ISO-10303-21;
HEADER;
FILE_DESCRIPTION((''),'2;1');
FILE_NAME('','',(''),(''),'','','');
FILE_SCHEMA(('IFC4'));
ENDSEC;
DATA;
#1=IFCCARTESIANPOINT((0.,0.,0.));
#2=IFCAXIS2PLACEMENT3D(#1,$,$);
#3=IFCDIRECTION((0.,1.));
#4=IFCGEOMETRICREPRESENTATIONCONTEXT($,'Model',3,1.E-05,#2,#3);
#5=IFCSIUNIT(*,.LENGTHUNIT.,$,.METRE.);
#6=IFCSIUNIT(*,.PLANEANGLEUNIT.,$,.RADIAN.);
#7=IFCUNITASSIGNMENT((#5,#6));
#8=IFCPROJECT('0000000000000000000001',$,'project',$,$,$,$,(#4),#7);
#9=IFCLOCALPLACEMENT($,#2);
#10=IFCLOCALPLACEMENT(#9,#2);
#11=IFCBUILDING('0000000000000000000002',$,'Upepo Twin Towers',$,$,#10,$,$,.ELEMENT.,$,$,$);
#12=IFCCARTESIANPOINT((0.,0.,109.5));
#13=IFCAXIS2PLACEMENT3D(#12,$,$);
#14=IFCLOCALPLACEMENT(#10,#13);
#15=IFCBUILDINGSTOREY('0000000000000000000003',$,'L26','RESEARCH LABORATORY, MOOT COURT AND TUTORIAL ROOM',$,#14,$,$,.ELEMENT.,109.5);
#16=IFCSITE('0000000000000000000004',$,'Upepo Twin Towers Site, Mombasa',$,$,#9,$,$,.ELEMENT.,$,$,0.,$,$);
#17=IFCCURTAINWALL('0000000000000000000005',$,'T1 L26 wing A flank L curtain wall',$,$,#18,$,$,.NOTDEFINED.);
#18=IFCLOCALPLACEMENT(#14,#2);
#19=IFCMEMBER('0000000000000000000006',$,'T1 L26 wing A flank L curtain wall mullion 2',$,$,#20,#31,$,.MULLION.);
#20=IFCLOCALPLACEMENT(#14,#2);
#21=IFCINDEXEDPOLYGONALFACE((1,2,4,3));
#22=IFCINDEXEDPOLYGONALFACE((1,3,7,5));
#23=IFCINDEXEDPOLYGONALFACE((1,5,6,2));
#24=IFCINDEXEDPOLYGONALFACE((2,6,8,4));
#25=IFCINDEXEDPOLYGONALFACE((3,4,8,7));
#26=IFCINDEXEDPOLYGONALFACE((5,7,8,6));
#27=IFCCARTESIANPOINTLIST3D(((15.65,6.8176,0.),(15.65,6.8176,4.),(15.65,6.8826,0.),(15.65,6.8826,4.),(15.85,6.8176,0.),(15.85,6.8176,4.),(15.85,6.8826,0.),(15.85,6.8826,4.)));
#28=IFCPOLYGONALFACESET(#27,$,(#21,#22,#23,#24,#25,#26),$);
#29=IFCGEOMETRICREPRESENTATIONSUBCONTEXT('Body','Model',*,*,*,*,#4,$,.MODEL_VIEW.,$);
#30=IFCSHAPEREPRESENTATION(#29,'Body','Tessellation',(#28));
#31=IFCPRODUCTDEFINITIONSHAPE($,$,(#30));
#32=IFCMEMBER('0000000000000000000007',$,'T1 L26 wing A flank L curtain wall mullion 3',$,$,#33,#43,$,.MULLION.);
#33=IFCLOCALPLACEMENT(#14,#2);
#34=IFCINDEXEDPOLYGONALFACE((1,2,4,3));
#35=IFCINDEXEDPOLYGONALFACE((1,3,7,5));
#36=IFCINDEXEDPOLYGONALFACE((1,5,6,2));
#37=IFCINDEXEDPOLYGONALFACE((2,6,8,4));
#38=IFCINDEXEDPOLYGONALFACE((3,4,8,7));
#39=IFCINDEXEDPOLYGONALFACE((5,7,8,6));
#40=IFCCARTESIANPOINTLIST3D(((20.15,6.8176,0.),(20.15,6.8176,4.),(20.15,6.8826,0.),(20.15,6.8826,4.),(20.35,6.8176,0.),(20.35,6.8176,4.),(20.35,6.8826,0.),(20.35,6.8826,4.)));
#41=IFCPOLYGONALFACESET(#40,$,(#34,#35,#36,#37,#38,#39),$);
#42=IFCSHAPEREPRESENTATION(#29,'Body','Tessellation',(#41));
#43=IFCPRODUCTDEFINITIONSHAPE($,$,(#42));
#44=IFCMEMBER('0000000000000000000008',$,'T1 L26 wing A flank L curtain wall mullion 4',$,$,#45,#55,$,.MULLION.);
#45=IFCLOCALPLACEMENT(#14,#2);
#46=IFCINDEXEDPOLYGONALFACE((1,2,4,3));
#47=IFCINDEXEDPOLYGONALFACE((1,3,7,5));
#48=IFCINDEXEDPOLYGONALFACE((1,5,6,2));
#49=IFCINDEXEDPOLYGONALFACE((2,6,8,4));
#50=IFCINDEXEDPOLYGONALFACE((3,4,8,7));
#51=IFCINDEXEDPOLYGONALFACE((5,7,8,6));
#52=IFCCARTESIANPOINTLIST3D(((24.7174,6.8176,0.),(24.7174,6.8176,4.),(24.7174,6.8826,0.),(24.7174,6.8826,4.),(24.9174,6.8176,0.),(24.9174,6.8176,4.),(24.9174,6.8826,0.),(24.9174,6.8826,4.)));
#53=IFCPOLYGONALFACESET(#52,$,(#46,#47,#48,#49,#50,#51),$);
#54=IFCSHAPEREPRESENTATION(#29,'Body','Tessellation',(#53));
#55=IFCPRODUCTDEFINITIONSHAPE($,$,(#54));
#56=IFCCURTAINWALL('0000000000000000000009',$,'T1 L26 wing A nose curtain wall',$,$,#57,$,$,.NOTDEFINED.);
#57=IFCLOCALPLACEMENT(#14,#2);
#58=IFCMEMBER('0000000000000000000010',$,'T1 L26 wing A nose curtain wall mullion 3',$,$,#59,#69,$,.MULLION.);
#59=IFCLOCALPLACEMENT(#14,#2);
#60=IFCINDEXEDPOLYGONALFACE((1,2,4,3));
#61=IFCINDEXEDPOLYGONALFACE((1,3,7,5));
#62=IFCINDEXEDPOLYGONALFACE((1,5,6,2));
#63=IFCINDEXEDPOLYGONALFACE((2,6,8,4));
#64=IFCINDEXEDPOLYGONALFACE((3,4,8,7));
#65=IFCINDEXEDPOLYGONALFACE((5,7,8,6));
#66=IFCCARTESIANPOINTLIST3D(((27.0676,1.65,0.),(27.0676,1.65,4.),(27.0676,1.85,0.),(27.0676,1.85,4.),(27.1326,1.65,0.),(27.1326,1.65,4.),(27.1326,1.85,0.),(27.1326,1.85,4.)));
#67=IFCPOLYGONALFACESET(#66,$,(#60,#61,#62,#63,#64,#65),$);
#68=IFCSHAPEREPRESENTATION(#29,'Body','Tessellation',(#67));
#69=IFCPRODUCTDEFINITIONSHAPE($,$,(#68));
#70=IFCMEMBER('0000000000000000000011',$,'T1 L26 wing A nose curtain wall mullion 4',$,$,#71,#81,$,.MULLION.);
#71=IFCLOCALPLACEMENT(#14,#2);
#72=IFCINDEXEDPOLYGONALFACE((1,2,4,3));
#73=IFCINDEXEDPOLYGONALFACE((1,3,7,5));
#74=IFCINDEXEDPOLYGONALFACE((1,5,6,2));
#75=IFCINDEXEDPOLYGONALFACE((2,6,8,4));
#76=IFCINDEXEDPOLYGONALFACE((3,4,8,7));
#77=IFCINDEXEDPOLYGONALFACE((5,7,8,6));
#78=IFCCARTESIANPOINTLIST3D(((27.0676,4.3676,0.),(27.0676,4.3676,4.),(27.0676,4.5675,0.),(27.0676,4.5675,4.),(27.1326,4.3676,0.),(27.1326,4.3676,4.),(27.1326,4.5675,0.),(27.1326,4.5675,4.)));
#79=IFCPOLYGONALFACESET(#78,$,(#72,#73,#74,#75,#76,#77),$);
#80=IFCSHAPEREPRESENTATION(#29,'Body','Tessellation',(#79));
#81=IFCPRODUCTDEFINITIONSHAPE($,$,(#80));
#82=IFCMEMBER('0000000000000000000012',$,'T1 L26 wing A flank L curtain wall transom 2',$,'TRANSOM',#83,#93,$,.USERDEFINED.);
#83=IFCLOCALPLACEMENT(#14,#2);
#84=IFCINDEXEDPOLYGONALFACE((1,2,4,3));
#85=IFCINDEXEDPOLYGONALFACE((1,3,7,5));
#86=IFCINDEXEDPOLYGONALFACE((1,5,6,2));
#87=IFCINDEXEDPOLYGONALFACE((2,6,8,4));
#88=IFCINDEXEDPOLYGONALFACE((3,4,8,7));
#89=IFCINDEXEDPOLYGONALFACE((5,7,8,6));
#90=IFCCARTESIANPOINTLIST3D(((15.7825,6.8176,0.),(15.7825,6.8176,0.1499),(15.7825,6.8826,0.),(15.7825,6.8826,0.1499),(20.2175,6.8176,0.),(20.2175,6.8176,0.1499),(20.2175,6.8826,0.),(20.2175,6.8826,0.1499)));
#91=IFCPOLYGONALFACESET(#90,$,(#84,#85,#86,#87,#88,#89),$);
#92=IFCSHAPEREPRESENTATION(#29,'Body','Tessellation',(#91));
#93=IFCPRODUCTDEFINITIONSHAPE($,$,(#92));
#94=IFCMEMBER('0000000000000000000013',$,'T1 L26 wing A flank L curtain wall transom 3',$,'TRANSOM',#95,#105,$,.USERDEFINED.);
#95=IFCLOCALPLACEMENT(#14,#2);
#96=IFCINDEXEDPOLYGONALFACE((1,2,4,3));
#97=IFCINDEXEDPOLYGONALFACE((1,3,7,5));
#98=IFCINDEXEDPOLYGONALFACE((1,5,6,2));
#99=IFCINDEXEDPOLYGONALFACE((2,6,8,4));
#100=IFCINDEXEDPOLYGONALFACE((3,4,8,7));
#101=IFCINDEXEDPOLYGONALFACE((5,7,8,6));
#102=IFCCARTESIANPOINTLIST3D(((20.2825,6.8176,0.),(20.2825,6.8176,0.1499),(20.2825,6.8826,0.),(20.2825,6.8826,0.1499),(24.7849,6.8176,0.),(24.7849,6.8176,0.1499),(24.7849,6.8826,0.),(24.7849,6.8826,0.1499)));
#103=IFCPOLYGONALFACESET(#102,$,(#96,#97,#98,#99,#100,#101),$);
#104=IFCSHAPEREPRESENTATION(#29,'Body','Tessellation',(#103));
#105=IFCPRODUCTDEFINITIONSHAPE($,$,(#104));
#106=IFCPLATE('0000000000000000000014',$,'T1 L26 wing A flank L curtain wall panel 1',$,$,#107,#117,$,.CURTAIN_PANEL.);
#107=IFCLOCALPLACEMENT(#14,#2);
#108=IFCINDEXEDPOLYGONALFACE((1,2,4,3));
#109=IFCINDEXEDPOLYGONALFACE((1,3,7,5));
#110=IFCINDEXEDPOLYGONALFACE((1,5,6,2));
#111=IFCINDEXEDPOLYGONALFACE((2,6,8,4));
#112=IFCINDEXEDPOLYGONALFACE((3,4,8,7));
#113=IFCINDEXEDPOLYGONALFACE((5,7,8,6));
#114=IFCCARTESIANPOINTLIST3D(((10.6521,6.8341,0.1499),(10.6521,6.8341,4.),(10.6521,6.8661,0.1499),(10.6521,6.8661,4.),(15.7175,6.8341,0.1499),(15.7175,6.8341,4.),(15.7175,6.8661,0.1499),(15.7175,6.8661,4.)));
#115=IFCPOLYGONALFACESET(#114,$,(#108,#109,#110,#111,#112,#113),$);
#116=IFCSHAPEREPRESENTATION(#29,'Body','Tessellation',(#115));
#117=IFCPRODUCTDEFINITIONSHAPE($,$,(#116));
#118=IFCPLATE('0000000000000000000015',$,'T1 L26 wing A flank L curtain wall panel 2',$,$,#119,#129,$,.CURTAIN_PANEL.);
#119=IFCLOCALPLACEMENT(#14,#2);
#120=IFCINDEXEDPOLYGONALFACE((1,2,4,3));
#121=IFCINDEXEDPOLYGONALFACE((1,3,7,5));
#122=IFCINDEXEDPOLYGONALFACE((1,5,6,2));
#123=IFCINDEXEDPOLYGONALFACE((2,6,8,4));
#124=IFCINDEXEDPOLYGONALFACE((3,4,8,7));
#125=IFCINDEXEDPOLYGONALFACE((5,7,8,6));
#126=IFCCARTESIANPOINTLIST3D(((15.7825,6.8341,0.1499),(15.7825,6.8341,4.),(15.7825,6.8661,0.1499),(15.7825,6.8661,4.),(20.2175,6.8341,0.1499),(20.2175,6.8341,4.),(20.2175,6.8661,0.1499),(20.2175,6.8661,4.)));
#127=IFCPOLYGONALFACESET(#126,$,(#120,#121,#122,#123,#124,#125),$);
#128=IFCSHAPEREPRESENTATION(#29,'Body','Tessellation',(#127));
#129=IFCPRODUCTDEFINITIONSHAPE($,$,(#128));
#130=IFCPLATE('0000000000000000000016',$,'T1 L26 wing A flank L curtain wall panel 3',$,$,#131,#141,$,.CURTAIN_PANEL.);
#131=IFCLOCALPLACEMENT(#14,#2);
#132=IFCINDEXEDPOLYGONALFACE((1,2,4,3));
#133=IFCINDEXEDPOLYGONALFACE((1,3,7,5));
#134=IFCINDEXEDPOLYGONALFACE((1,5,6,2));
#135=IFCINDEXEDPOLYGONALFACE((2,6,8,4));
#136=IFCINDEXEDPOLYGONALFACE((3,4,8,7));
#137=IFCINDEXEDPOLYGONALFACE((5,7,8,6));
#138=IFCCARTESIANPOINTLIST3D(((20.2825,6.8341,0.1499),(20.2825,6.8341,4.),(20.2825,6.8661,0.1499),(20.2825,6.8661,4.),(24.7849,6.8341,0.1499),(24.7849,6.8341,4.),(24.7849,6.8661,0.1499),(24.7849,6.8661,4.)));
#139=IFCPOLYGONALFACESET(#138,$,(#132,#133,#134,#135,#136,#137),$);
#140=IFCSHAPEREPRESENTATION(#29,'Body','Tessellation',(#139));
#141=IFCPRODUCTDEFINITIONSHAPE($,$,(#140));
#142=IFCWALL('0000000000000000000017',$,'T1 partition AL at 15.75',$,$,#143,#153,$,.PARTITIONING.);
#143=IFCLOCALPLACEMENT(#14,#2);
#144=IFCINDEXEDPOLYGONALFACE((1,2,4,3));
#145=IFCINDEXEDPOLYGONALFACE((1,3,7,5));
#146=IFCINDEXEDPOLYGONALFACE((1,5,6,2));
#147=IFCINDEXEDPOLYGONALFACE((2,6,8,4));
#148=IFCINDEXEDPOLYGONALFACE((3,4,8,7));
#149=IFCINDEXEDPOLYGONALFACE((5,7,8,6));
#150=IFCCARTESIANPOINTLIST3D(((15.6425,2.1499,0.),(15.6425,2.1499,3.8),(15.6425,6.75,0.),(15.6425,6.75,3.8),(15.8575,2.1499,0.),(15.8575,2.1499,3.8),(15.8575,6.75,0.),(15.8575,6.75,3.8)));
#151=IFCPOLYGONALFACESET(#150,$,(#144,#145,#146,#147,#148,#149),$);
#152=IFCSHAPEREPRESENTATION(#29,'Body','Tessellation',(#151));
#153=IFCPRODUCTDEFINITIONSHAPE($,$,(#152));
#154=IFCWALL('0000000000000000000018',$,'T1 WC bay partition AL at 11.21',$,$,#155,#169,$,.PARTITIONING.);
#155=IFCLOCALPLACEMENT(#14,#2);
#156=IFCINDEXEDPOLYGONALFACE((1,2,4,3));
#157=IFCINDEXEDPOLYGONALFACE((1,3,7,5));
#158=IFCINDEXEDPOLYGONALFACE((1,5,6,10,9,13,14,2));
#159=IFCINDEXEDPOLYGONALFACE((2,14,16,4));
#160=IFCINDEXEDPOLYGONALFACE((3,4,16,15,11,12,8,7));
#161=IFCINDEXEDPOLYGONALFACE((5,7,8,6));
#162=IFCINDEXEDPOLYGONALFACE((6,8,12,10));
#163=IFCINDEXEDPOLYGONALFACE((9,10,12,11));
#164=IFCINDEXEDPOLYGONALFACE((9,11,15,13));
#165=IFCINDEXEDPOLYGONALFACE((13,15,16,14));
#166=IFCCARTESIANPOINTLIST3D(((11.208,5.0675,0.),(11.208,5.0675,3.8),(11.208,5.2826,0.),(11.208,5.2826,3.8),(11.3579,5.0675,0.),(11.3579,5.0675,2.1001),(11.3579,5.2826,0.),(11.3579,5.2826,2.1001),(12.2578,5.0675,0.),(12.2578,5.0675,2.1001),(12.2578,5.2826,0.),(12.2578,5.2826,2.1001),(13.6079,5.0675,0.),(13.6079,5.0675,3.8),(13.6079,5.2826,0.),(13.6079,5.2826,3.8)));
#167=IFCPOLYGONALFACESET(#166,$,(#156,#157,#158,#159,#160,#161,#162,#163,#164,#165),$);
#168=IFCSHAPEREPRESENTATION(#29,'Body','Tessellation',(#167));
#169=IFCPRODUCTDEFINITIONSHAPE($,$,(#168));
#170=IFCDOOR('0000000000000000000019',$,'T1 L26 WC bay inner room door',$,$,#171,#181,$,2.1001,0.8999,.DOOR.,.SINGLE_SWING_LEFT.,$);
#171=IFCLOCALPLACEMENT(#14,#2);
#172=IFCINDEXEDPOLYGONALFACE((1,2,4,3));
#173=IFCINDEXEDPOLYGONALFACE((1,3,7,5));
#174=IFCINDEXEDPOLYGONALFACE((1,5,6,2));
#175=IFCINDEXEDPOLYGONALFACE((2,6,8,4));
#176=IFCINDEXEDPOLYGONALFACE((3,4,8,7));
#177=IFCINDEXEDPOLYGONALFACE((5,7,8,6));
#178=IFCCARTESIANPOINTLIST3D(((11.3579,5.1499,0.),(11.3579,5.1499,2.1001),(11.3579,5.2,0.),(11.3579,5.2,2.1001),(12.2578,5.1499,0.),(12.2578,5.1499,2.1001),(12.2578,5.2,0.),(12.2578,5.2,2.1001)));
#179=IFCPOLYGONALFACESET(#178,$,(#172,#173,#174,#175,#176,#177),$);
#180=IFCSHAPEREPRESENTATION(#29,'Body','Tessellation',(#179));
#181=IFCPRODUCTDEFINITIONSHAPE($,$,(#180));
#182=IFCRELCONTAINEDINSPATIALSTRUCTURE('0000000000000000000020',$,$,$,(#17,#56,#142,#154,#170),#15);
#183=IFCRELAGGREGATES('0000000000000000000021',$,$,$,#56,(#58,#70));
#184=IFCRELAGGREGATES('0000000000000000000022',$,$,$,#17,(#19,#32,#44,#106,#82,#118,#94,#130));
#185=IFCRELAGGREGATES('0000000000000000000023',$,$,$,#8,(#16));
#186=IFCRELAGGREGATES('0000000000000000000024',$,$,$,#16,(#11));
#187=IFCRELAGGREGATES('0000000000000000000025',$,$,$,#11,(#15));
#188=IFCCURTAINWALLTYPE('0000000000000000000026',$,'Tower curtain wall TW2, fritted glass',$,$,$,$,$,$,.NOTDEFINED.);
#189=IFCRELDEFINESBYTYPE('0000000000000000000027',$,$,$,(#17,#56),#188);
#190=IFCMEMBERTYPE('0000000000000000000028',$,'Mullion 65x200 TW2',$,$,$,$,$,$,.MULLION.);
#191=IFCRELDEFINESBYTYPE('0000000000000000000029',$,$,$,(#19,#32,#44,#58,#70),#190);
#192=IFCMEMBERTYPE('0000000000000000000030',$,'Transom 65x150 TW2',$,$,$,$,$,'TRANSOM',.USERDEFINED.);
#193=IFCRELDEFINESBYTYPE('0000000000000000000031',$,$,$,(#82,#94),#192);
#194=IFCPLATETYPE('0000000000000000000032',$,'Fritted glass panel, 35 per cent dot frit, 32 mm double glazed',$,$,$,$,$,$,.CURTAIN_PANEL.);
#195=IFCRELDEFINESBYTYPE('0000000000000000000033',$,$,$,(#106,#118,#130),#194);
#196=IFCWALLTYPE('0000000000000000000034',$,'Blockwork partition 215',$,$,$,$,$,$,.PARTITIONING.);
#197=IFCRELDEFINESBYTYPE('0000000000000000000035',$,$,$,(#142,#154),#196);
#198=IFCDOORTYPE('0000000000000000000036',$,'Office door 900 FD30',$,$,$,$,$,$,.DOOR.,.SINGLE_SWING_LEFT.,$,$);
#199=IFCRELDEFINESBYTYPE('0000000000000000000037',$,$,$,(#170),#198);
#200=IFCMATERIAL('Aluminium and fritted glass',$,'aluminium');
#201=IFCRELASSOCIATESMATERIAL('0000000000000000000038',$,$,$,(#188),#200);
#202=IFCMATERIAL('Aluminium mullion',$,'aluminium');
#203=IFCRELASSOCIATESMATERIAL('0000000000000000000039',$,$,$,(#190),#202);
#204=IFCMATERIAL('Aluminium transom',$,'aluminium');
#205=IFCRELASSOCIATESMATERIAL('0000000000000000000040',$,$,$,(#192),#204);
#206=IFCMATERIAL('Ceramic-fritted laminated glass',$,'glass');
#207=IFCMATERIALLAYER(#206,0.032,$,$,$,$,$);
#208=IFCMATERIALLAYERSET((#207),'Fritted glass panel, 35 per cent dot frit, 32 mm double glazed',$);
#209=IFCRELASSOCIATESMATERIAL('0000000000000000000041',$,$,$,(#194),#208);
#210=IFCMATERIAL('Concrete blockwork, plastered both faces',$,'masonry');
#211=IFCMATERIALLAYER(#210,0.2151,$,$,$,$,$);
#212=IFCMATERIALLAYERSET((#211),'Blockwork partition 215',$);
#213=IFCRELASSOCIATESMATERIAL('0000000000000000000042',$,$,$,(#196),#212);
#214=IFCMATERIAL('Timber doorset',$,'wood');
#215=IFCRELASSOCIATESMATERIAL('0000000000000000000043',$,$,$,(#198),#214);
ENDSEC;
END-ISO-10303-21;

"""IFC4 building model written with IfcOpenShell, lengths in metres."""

from ifc_helpers import new_model, si_unit, direction, frame, frame_2d, origin, origin_2d, place, context, subcontext, project, spatial, rectangle, extrude, material, layer, layer_set, material_profile, profile_set, type_object, element, fill, aggregate, save


model = new_model("IFC4")

# Units and contexts
model_context = context("Model", 3, precision=1e-05, world=origin(), true_north=direction((0.0, 1.0)))
body_context = subcontext(model_context, "Body", "Model", "MODEL_VIEW")
ifc_project = project(units=[si_unit("LENGTHUNIT", "METRE"), si_unit("PLANEANGLEUNIT", "RADIAN")], contexts=[model_context])

# Site, building, storey
site_placement = place(None, origin())
site = spatial("IfcSite", under=ifc_project, at=site_placement, Name="Upepo Twin Towers Site, Mombasa", CompositionType="ELEMENT", RefElevation=0.0)
building_placement = place(site_placement, origin())
building = spatial("IfcBuilding", under=site, at=building_placement, Name="Upepo Twin Towers", CompositionType="ELEMENT")
storey_placement = place(building_placement, frame((0.0, 0.0, 109.5)))
storey = spatial("IfcBuildingStorey", under=building, at=storey_placement, Name="L26", Description="RESEARCH LABORATORY, MOOT COURT AND TUTORIAL ROOM", CompositionType="ELEMENT", Elevation=109.5)

# Curtain walls, members
ifc_material_1 = material(Name="Aluminium and fritted glass", Category="aluminium")
curtain_wall_type = type_object("IfcCurtainWallType", Name="Tower curtain wall TW2, fritted glass", PredefinedType="NOTDEFINED", material=ifc_material_1)
curtain_wall_1_placement = place(storey_placement, origin())
curtain_wall_1 = element("IfcCurtainWall", 1, at=curtain_wall_1_placement, inside=storey, type_object=curtain_wall_type, Name="T1 L26 wing A flank L curtain wall", PredefinedType="NOTDEFINED")
ifc_material_2 = material(Name="Aluminium mullion", Category="aluminium")
ifc_material_profile_1 = material_profile(ifc_material_2, rectangle(XDim=0.0649, YDim=0.2, at=origin_2d()), Name="MULLION 65x200")
ifc_profile_set_1 = profile_set([ifc_material_profile_1], Name="Aluminium mullion")
member_type_1 = type_object("IfcMemberType", Name="Mullion 65x200 TW2", PredefinedType="MULLION", material=ifc_profile_set_1)
member_1_placement = place(storey_placement, frame((15.75, 6.8501, 0.0), z_axis=(0.0, 0.0, 1.0), x_axis=(0.0, 1.0, 0.0)))
member_1 = element("IfcMember", 2, at=member_1_placement, type_object=member_type_1, Name="T1 L26 wing A flank L curtain wall mullion 2", PredefinedType="MULLION", context=body_context, shape_type="SweptSolid", body=[
    extrude(rectangle(XDim=0.0649, YDim=0.2, at=origin_2d()), origin(), (0.0, 0.0, 1.0), 4.0),
])
member_2_placement = place(storey_placement, frame((20.25, 6.8501, 0.0), z_axis=(0.0, 0.0, 1.0), x_axis=(0.0, 1.0, 0.0)))
member_2 = element("IfcMember", 3, at=member_2_placement, type_object=member_type_1, Name="T1 L26 wing A flank L curtain wall mullion 3", PredefinedType="MULLION", context=body_context, shape_type="SweptSolid", body=[
    extrude(rectangle(XDim=0.0649, YDim=0.2, at=origin_2d()), origin(), (0.0, 0.0, 1.0), 4.0),
])
member_3_placement = place(storey_placement, frame((24.8174, 6.8501, 0.0), z_axis=(0.0, 0.0, 1.0), x_axis=(0.0, 1.0, 0.0)))
member_3 = element("IfcMember", 4, at=member_3_placement, type_object=member_type_1, Name="T1 L26 wing A flank L curtain wall mullion 4", PredefinedType="MULLION", context=body_context, shape_type="SweptSolid", body=[
    extrude(rectangle(XDim=0.0649, YDim=0.2, at=origin_2d()), origin(), (0.0, 0.0, 1.0), 4.0),
])
curtain_wall_2_placement = place(storey_placement, origin())
curtain_wall_2 = element("IfcCurtainWall", 5, at=curtain_wall_2_placement, inside=storey, type_object=curtain_wall_type, Name="T1 L26 wing A nose curtain wall", PredefinedType="NOTDEFINED")
member_4_placement = place(storey_placement, frame((27.1001, 1.75, 0.0), z_axis=(0.0, 0.0, 1.0), x_axis=(-1.0, 0.0, 0.0)))
member_4 = element("IfcMember", 6, at=member_4_placement, type_object=member_type_1, Name="T1 L26 wing A nose curtain wall mullion 3", PredefinedType="MULLION", context=body_context, shape_type="SweptSolid", body=[
    extrude(rectangle(XDim=0.0649, YDim=0.2, at=origin_2d()), origin(), (0.0, 0.0, 1.0), 4.0),
])
member_5_placement = place(storey_placement, frame((27.1001, 4.4675, 0.0), z_axis=(0.0, 0.0, 1.0), x_axis=(-1.0, 0.0, 0.0)))
member_5 = element("IfcMember", 7, at=member_5_placement, type_object=member_type_1, Name="T1 L26 wing A nose curtain wall mullion 4", PredefinedType="MULLION", context=body_context, shape_type="SweptSolid", body=[
    extrude(rectangle(XDim=0.0649, YDim=0.2, at=origin_2d()), origin(), (0.0, 0.0, 1.0), 4.0),
])
aggregate(curtain_wall_2, [member_4, member_5])

# Members
ifc_material_3 = material(Name="Aluminium transom", Category="aluminium")
ifc_material_profile_2 = material_profile(ifc_material_3, rectangle(XDim=0.0649, YDim=0.1499, at=origin_2d()), Name="TRANSOM 65x150")
ifc_profile_set_2 = profile_set([ifc_material_profile_2], Name="Aluminium transom")
member_type_2 = type_object("IfcMemberType", Name="Transom 65x150 TW2", ElementType="TRANSOM", PredefinedType="USERDEFINED", material=ifc_profile_set_2)
member_6_placement = place(storey_placement, frame((15.7825, 6.8501, 0.075), z_axis=(1.0, 0.0, 0.0), x_axis=(0.0, 1.0, 0.0)))
member_6 = element("IfcMember", 8, at=member_6_placement, type_object=member_type_2, Name="T1 L26 wing A flank L curtain wall transom 2", ObjectType="TRANSOM", PredefinedType="USERDEFINED", context=body_context, shape_type="SweptSolid", body=[
    extrude(rectangle(XDim=0.0649, YDim=0.1499, at=origin_2d()), origin(), (0.0, 0.0, 1.0), 4.4351),
])
member_7_placement = place(storey_placement, frame((20.2825, 6.8501, 0.075), z_axis=(1.0, 0.0, 0.0), x_axis=(0.0, 1.0, 0.0)))
member_7 = element("IfcMember", 9, at=member_7_placement, type_object=member_type_2, Name="T1 L26 wing A flank L curtain wall transom 3", ObjectType="TRANSOM", PredefinedType="USERDEFINED", context=body_context, shape_type="SweptSolid", body=[
    extrude(rectangle(XDim=0.0649, YDim=0.1499, at=origin_2d()), origin(), (0.0, 0.0, 1.0), 4.5024),
])

# Plates
ifc_material_4 = material(Name="Ceramic-fritted laminated glass", Category="glass")
ifc_layer_1 = layer(ifc_material_4, 0.032)
ifc_layer_set_1 = layer_set([ifc_layer_1], Name="Fritted glass panel, 35 per cent dot frit, 32 mm double glazed")
plate_type = type_object("IfcPlateType", Name="Fritted glass panel, 35 per cent dot frit, 32 mm double glazed", PredefinedType="CURTAIN_PANEL", material=ifc_layer_set_1)
plate_1_placement = place(storey_placement, frame((13.1848, 6.8501, 0.1499), z_axis=(0.0, 0.0, 1.0), x_axis=(1.0, 0.0, 0.0)))
plate_1 = element("IfcPlate", 10, at=plate_1_placement, type_object=plate_type, Name="T1 L26 wing A flank L curtain wall panel 1", PredefinedType="CURTAIN_PANEL", context=body_context, shape_type="SweptSolid", body=[
    extrude(rectangle(XDim=5.0654, YDim=0.032, at=origin_2d()), origin(), (0.0, 0.0, 1.0), 3.8501),
])
plate_2_placement = place(storey_placement, frame((18.0, 6.8501, 0.1499), z_axis=(0.0, 0.0, 1.0), x_axis=(1.0, 0.0, 0.0)))
plate_2 = element("IfcPlate", 11, at=plate_2_placement, type_object=plate_type, Name="T1 L26 wing A flank L curtain wall panel 2", PredefinedType="CURTAIN_PANEL", context=body_context, shape_type="SweptSolid", body=[
    extrude(rectangle(XDim=4.4351, YDim=0.032, at=origin_2d()), origin(), (0.0, 0.0, 1.0), 3.8501),
])
plate_3_placement = place(storey_placement, frame((22.5337, 6.8501, 0.1499), z_axis=(0.0, 0.0, 1.0), x_axis=(1.0, 0.0, 0.0)))
plate_3 = element("IfcPlate", 12, at=plate_3_placement, type_object=plate_type, Name="T1 L26 wing A flank L curtain wall panel 3", PredefinedType="CURTAIN_PANEL", context=body_context, shape_type="SweptSolid", body=[
    extrude(rectangle(XDim=4.5024, YDim=0.032, at=origin_2d()), origin(), (0.0, 0.0, 1.0), 3.8501),
])
aggregate(curtain_wall_1, [member_1, member_2, member_3, plate_1, member_6, plate_2, member_7, plate_3])

# Wall
ifc_material_5 = material(Name="Concrete blockwork, plastered both faces", Category="masonry")
ifc_layer_2 = layer(ifc_material_5, 0.2151)
ifc_layer_set_2 = layer_set([ifc_layer_2], Name="Blockwork partition 215")
wall_type_1 = type_object("IfcWallType", Name="Blockwork partition 215", PredefinedType="PARTITIONING", material=ifc_layer_set_2)
wall_1_placement = place(storey_placement, frame((15.75, 2.1499, 0.0), z_axis=(0.0, 0.0, 1.0), x_axis=(0.0, 1.0, 0.0)))
element("IfcWall", 13, at=wall_1_placement, inside=storey, type_object=wall_type_1, Name="T1 partition AL at 15.75", PredefinedType="PARTITIONING", context=body_context, shape_type="SweptSolid", body=[
    extrude(rectangle(XDim=4.6001, YDim=0.2151, at=frame_2d((2.3, 0.0))), origin(), (0.0, 0.0, 1.0), 3.8),
])

# Wall, opening, door
wall_2_placement = place(storey_placement, frame((11.208, 5.175, 0.0), z_axis=(0.0, 0.0, 1.0), x_axis=(1.0, 0.0, 0.0)))
wall_2 = element("IfcWall", 14, at=wall_2_placement, inside=storey, type_object=wall_type_1, Name="T1 WC bay partition AL at 11.21", PredefinedType="PARTITIONING", context=body_context, shape_type="SweptSolid", body=[
    extrude(rectangle(XDim=2.3999, YDim=0.2151, at=frame_2d((1.2, 0.0))), origin(), (0.0, 0.0, 1.0), 3.8),
])
opening_1_placement = place(wall_2_placement, frame((0.1499, 0.0, 0.0)))
opening_1 = element("IfcOpeningElement", 15, at=opening_1_placement, cuts=wall_2, PredefinedType="OPENING", context=body_context, shape_type="SweptSolid", body=[
    extrude(rectangle(XDim=0.8999, YDim=2.1001, at=frame_2d((0.45, 1.05))), frame((0.0, 0.1174, 0.0), z_axis=(0.0, -1.0, 0.0), x_axis=(1.0, 0.0, 0.0)), (0.0, 0.0, 1.0), 0.2351),
])
ifc_material_6 = material(Name="Timber doorset", Category="wood")
door_type_1 = type_object("IfcDoorType", Name="Office door 900 FD30", OperationType="SINGLE_SWING_LEFT", PredefinedType="DOOR", material=ifc_material_6)
door_1_placement = place(opening_1_placement, origin())
door_1 = element("IfcDoor", 16, at=door_1_placement, inside=storey, type_object=door_type_1, Name="T1 L26 WC bay inner room door", OperationType="SINGLE_SWING_LEFT", OverallHeight=2.1001, OverallWidth=0.8999, PredefinedType="DOOR", context=body_context, shape_type="SweptSolid", body=[
    extrude(rectangle(XDim=0.8999, YDim=2.1001, at=frame_2d((0.45, 1.05))), frame((0.0, 0.0249, 0.0), z_axis=(0.0, -1.0, 0.0), x_axis=(1.0, 0.0, 0.0)), (0.0, 0.0, 1.0), 0.05),
])
fill(opening_1, door_1)

save(model, "model.ifc")
